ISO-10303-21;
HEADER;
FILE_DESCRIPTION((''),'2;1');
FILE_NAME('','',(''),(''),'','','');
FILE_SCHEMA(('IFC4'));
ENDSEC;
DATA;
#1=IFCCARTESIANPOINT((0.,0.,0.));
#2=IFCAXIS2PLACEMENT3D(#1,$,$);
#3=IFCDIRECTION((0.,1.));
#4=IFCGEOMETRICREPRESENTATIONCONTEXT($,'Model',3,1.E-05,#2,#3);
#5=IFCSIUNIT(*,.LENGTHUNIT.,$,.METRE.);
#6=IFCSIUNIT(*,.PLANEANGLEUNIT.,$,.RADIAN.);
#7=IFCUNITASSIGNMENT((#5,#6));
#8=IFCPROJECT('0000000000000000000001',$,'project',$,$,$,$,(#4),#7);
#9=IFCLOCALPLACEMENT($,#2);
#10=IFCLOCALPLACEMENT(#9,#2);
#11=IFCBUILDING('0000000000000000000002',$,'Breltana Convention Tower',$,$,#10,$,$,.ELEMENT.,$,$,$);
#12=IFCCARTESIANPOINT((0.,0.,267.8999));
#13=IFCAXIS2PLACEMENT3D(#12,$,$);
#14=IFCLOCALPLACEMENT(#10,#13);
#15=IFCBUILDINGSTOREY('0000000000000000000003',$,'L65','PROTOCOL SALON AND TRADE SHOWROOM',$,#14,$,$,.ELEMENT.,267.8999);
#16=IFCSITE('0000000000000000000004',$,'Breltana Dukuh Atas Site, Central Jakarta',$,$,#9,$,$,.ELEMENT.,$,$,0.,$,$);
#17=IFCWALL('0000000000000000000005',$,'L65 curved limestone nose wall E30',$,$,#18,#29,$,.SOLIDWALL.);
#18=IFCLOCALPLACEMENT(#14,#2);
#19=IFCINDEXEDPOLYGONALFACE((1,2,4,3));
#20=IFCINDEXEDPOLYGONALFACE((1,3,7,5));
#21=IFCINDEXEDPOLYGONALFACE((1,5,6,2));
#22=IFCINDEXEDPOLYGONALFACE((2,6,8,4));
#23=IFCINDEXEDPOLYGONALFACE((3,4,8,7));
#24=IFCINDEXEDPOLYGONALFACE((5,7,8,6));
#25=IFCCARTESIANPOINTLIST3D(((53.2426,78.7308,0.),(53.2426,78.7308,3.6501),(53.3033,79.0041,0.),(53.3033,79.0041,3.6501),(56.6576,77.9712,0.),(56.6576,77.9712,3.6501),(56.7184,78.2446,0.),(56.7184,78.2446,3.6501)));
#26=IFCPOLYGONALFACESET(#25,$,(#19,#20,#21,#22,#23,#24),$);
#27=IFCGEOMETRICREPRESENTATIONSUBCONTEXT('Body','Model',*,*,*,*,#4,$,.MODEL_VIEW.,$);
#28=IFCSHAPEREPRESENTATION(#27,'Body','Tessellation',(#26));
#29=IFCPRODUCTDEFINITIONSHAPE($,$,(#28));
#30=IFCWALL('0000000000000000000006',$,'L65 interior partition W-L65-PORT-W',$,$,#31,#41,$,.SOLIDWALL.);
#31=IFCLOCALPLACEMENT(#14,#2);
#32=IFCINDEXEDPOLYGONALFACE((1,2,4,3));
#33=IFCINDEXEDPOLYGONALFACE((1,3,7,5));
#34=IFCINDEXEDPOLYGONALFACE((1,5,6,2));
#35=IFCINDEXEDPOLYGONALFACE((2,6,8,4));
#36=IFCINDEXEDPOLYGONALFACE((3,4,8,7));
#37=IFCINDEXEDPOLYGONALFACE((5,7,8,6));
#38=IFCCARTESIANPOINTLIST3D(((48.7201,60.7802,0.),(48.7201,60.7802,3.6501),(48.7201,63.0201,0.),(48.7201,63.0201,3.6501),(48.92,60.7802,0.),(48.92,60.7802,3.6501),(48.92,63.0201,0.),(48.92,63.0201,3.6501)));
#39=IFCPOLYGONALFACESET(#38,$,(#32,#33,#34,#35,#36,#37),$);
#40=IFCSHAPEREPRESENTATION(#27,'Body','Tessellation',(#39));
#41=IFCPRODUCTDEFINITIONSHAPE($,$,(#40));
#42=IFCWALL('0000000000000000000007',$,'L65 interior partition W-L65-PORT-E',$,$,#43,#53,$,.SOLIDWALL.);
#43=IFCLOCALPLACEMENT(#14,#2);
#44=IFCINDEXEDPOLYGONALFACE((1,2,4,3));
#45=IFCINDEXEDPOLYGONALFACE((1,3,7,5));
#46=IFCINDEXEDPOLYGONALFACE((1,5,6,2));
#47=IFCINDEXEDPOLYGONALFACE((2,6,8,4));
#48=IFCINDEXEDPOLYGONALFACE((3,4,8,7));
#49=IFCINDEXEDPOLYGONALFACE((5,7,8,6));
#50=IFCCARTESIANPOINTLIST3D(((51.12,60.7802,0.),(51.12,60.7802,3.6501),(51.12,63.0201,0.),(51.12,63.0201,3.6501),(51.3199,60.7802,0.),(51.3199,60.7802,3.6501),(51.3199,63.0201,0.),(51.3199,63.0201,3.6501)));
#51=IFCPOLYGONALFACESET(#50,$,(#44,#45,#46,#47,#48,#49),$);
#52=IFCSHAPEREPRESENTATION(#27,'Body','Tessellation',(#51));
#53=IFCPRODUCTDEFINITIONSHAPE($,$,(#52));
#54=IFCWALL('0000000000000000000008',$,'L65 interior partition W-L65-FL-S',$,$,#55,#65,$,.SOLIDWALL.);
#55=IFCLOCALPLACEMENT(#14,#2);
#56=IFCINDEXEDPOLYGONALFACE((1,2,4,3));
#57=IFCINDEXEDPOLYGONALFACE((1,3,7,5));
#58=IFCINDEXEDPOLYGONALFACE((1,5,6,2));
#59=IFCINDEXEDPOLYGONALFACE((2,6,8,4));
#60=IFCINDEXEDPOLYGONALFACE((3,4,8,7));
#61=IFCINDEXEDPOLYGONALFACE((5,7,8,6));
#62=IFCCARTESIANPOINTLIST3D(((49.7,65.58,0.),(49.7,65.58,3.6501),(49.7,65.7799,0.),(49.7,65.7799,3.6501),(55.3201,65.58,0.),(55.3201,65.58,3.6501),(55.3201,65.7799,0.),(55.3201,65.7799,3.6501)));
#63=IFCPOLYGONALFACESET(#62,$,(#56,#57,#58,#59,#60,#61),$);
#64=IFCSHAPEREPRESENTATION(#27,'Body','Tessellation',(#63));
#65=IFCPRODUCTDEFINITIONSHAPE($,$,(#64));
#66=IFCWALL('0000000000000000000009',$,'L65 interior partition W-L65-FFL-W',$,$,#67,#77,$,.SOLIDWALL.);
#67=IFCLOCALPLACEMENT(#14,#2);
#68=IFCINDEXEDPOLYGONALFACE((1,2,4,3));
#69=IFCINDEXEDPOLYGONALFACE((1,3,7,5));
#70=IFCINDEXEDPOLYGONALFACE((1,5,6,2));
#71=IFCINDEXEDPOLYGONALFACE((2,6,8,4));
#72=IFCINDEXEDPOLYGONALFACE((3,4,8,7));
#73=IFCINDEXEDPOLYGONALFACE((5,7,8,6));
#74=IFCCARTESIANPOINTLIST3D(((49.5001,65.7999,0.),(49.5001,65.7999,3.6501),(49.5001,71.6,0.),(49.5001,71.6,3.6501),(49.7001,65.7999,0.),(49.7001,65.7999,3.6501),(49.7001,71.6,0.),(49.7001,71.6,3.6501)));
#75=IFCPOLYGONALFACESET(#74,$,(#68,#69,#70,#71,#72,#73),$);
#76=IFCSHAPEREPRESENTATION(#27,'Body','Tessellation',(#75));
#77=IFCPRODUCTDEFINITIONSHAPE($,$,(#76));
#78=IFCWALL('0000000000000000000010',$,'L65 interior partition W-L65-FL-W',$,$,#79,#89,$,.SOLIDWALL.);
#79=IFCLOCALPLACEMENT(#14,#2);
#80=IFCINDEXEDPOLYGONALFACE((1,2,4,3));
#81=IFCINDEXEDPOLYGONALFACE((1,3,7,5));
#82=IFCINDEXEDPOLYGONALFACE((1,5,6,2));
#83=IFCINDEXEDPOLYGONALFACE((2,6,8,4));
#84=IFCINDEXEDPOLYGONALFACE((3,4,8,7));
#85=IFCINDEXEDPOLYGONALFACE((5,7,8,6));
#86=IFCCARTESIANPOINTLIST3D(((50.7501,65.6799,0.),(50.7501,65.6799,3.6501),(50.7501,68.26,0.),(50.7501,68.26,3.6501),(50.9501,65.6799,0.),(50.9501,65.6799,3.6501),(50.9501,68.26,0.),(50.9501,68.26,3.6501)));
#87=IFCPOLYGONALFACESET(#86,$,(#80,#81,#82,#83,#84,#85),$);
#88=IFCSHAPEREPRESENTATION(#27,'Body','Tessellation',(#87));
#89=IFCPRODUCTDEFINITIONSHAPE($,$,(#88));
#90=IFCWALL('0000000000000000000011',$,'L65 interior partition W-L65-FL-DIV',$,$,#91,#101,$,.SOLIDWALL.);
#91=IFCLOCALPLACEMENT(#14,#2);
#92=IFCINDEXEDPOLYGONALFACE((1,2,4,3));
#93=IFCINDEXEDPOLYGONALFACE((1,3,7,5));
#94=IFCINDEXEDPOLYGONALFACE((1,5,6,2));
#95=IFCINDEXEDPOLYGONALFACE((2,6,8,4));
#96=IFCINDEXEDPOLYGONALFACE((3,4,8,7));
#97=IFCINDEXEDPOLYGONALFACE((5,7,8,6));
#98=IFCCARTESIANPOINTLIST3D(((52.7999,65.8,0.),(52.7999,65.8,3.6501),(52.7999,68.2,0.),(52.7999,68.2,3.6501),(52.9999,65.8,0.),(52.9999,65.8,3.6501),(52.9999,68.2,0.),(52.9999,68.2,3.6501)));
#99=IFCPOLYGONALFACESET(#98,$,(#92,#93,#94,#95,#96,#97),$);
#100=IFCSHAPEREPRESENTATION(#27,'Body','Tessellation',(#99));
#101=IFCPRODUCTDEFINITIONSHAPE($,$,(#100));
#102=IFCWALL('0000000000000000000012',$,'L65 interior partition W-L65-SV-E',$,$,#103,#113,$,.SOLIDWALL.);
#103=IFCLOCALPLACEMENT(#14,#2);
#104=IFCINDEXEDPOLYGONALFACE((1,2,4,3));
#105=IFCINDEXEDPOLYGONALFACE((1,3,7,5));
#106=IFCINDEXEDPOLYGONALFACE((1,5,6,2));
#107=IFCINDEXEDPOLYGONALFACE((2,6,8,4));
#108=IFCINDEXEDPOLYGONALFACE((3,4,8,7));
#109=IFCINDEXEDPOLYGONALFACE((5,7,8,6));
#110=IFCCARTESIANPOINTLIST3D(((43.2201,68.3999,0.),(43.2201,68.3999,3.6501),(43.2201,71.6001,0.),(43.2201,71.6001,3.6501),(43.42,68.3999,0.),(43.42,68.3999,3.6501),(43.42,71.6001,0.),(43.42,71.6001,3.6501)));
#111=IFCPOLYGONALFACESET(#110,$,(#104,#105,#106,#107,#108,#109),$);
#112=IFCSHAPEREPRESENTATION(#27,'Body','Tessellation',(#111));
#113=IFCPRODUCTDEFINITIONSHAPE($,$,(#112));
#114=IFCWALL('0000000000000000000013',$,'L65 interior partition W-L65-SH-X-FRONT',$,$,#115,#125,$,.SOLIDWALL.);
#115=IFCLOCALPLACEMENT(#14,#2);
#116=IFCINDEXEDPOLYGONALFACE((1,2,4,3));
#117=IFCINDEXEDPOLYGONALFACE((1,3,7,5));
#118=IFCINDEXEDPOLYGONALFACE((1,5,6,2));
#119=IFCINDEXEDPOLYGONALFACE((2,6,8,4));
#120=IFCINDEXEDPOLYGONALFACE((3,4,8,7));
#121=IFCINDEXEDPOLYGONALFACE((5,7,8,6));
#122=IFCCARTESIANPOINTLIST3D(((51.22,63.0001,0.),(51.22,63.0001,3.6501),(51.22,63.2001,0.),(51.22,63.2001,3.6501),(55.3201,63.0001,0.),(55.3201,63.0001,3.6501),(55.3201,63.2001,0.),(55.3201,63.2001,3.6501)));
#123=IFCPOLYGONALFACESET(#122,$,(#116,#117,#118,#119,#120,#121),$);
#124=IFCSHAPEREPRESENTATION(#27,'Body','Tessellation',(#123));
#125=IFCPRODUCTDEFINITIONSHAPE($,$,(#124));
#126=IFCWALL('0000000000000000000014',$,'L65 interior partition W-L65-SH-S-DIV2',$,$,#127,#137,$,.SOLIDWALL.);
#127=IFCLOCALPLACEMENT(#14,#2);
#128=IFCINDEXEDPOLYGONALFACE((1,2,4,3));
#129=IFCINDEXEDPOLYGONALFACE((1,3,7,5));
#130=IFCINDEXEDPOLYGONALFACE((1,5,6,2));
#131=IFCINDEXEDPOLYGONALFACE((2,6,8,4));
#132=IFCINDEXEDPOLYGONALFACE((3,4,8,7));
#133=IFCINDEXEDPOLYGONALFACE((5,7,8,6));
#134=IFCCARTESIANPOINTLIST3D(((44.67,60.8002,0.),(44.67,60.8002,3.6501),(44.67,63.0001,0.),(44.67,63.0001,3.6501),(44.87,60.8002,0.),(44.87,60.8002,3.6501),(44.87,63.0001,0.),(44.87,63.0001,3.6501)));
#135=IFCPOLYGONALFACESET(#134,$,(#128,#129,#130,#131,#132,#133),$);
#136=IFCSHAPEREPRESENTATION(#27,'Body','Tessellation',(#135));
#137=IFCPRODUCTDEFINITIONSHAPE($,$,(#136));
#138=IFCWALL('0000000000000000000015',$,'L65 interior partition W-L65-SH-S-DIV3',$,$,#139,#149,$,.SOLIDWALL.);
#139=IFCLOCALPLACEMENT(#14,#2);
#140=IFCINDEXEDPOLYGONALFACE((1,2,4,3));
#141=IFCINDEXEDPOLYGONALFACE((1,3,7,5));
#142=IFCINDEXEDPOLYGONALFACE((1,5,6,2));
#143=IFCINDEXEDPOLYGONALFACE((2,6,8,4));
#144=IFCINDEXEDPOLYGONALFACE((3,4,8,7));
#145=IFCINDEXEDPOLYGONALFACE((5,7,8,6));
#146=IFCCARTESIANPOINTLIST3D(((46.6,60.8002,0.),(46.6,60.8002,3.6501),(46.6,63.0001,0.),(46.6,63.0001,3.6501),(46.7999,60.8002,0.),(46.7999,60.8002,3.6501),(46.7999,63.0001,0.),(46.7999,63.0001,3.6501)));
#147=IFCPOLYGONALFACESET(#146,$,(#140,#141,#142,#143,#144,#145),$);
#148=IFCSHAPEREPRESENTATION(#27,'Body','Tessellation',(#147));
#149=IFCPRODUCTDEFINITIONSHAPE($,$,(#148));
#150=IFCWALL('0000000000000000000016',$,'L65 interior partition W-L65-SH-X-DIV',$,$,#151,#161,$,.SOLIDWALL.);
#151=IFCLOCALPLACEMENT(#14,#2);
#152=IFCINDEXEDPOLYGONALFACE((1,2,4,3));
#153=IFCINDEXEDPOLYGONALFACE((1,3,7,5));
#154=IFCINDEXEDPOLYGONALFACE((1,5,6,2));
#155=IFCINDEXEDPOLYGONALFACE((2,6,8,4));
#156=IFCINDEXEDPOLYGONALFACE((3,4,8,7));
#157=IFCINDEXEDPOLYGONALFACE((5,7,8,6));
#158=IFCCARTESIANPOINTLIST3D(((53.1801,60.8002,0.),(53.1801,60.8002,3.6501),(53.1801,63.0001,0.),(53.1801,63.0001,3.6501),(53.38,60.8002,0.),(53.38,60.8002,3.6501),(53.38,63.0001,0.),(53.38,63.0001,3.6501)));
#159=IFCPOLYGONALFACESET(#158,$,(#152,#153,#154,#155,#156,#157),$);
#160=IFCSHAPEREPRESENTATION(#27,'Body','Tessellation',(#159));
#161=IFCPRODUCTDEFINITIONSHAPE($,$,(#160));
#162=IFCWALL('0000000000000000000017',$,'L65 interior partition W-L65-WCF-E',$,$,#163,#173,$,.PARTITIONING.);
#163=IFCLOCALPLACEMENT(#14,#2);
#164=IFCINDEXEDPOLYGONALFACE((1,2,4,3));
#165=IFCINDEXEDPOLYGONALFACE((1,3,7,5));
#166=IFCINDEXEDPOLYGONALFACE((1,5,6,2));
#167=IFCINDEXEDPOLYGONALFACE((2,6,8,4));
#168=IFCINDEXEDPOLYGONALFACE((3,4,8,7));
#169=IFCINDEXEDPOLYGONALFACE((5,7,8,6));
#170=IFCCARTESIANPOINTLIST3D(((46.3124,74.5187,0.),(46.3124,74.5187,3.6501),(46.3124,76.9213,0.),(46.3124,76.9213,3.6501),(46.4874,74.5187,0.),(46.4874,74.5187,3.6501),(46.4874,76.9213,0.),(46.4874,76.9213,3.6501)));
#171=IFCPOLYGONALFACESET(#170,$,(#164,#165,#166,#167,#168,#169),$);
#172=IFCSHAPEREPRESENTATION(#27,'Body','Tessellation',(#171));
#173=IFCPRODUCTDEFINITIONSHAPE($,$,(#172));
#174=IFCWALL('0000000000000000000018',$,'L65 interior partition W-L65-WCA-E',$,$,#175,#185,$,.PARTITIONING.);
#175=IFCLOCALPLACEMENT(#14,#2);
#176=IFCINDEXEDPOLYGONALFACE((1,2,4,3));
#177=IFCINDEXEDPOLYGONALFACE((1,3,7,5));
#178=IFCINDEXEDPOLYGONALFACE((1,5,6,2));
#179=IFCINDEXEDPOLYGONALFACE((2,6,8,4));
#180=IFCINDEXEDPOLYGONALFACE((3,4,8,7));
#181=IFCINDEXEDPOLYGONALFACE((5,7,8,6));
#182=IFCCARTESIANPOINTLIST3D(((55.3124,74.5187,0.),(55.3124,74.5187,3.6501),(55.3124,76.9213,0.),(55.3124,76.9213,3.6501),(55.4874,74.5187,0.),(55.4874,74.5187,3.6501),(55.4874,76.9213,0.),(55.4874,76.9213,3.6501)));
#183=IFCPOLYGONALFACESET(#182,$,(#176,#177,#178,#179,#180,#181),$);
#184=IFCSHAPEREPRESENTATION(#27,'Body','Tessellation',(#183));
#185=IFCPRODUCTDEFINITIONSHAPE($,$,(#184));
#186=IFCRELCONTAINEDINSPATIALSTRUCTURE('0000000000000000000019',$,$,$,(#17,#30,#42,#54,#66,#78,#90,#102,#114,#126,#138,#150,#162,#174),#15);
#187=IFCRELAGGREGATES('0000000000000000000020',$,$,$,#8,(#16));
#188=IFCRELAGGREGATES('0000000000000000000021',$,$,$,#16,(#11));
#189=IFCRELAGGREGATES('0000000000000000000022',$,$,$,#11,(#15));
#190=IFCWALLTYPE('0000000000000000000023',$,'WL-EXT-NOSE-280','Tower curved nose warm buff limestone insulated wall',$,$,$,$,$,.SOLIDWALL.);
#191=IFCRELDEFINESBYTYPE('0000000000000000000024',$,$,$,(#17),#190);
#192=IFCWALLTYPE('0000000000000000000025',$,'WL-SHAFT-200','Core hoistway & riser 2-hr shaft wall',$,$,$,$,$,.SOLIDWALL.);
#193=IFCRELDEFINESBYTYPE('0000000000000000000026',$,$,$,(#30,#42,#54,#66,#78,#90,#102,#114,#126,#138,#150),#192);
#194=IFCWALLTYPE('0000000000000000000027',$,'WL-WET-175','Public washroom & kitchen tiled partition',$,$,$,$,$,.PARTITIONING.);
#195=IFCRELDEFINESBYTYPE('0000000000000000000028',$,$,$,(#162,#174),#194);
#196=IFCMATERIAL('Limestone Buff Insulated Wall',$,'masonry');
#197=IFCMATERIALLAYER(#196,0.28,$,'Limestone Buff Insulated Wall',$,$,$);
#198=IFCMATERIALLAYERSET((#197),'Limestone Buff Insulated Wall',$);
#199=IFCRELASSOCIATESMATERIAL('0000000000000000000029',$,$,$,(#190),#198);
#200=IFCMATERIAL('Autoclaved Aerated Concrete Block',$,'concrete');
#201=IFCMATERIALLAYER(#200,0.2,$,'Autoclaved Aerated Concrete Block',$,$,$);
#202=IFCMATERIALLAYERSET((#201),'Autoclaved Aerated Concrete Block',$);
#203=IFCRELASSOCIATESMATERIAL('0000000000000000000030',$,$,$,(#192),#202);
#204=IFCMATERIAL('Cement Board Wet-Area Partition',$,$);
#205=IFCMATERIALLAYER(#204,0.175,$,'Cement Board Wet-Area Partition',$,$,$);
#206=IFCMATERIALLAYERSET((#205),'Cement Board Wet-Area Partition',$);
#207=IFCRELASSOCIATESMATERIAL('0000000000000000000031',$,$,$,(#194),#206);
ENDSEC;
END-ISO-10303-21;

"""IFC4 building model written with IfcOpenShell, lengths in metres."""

from ifc_helpers import new_model, si_unit, direction, frame, frame_2d, origin, place, context, subcontext, project, spatial, rectangle, extrude, source, transform, mapped, material, layer, layer_set, type_object, element, save


model = new_model("IFC4")

# Units and contexts
model_context = context("Model", 3, precision=1e-05, world=origin(), true_north=direction((0.0, 1.0)))
body_context = subcontext(model_context, "Body", "Model", "MODEL_VIEW")
ifc_project = project(units=[si_unit("LENGTHUNIT", "METRE"), si_unit("PLANEANGLEUNIT", "RADIAN")], contexts=[model_context])

# Site, building, storey
site_placement = place(None, origin())
site = spatial("IfcSite", under=ifc_project, at=site_placement, Name="Breltana Dukuh Atas Site, Central Jakarta", CompositionType="ELEMENT", RefElevation=0.0)
building_placement = place(site_placement, origin())
building = spatial("IfcBuilding", under=site, at=building_placement, Name="Breltana Convention Tower", CompositionType="ELEMENT")
storey_placement = place(building_placement, frame((0.0, 0.0, 267.8999)))
storey = spatial("IfcBuildingStorey", under=building, at=storey_placement, Name="L65", Description="PROTOCOL SALON AND TRADE SHOWROOM", CompositionType="ELEMENT", Elevation=267.8999)

# Walls
ifc_material_1 = material(Name="Limestone Buff Insulated Wall", Category="masonry")
ifc_layer_1 = layer(ifc_material_1, 0.28, Name="Limestone Buff Insulated Wall")
ifc_layer_set_1 = layer_set([ifc_layer_1], Name="Limestone Buff Insulated Wall")
wall_type_1 = type_object("IfcWallType", Name="WL-EXT-NOSE-280", Description="Tower curved nose warm buff limestone insulated wall", PredefinedType="SOLIDWALL", material=ifc_layer_set_1)
shared_shape_1 = source(origin(), body_context, "Body", "SweptSolid", [
    extrude(rectangle(XDim=3.4985, YDim=0.28, at=frame_2d((1.7493, 0.0))), origin(), (0.0, 0.0, 1.0), 3.6501),
])
wall_1_placement = place(storey_placement, frame((53.2729, 78.8674, 0.0), z_axis=(0.0, 0.0, 1.0), x_axis=(0.976149, -0.2171, 0.0)))
element("IfcWall", 1, at=wall_1_placement, inside=storey, type_object=wall_type_1, Name="L65 curved limestone nose wall E30", PredefinedType="SOLIDWALL", context=body_context, shape_type="MappedRepresentation", body=[
    mapped(shared_shape_1, transform((0.0, 0.0, 0.0), scale=1.0)),
])
ifc_material_2 = material(Name="Autoclaved Aerated Concrete Block", Category="concrete")
ifc_layer_2 = layer(ifc_material_2, 0.2, Name="Autoclaved Aerated Concrete Block")
ifc_layer_set_2 = layer_set([ifc_layer_2], Name="Autoclaved Aerated Concrete Block")
wall_type_2 = type_object("IfcWallType", Name="WL-SHAFT-200", Description="Core hoistway & riser 2-hr shaft wall", PredefinedType="SOLIDWALL", material=ifc_layer_set_2)
shared_shape_2 = source(origin(), body_context, "Body", "SweptSolid", [
    extrude(rectangle(XDim=2.24, YDim=0.2, at=frame_2d((1.1201, 0.0))), origin(), (0.0, 0.0, 1.0), 3.6501),
])
for number, where, z_axis, x_axis, name in (
    (2, (48.8201, 60.78, 0.0), (0.0, 0.0, 1.0), (0.0, 1.0, 0.0), "L65 interior partition W-L65-PORT-W"),
    (3, (51.22, 60.78, 0.0), (0.0, 0.0, 1.0), (0.0, 1.0, 0.0), "L65 interior partition W-L65-PORT-E"),
):
    element("IfcWall", number, at=place(storey_placement, frame(where, z_axis=z_axis, x_axis=x_axis)), inside=storey, type_object=wall_type_2, Name=name, PredefinedType="SOLIDWALL", context=body_context, shape_type="MappedRepresentation", body=[
        mapped(shared_shape_2, transform((0.0, 0.0, 0.0), scale=1.0)),
    ])

# Shared definitions
shared_shape_3 = source(origin(), body_context, "Body", "SweptSolid", [
    extrude(rectangle(XDim=5.6201, YDim=0.2, at=frame_2d((2.8101, 0.0))), origin(), (0.0, 0.0, 1.0), 3.6501),
])

# Walls
wall_2_placement = place(storey_placement, frame((49.7, 65.6799, 0.0), z_axis=(0.0, 0.0, 1.0), x_axis=(1.0, 0.0, 0.0)))
element("IfcWall", 4, at=wall_2_placement, inside=storey, type_object=wall_type_2, Name="L65 interior partition W-L65-FL-S", PredefinedType="SOLIDWALL", context=body_context, shape_type="MappedRepresentation", body=[
    mapped(shared_shape_3, transform((0.0, 0.0, 0.0), scale=1.0)),
])
shared_shape_4 = source(origin(), body_context, "Body", "SweptSolid", [
    extrude(rectangle(XDim=5.8, YDim=0.2, at=frame_2d((2.8999, 0.0))), origin(), (0.0, 0.0, 1.0), 3.6501),
])
wall_3_placement = place(storey_placement, frame((49.6001, 65.8, 0.0), z_axis=(0.0, 0.0, 1.0), x_axis=(0.0, 1.0, 0.0)))
element("IfcWall", 5, at=wall_3_placement, inside=storey, type_object=wall_type_2, Name="L65 interior partition W-L65-FFL-W", PredefinedType="SOLIDWALL", context=body_context, shape_type="MappedRepresentation", body=[
    mapped(shared_shape_4, transform((0.0, 0.0, 0.0), scale=1.0)),
])
shared_shape_5 = source(origin(), body_context, "Body", "SweptSolid", [
    extrude(rectangle(XDim=2.5801, YDim=0.2, at=frame_2d((1.29, 0.0))), origin(), (0.0, 0.0, 1.0), 3.6501),
])
wall_4_placement = place(storey_placement, frame((50.8501, 65.6799, 0.0), z_axis=(0.0, 0.0, 1.0), x_axis=(0.0, 1.0, 0.0)))
element("IfcWall", 6, at=wall_4_placement, inside=storey, type_object=wall_type_2, Name="L65 interior partition W-L65-FL-W", PredefinedType="SOLIDWALL", context=body_context, shape_type="MappedRepresentation", body=[
    mapped(shared_shape_5, transform((0.0, 0.0, 0.0), scale=1.0)),
])
shared_shape_6 = source(origin(), body_context, "Body", "SweptSolid", [
    extrude(rectangle(XDim=2.3999, YDim=0.2, at=frame_2d((1.2, 0.0))), origin(), (0.0, 0.0, 1.0), 3.6501),
])
wall_5_placement = place(storey_placement, frame((52.8999, 65.8, 0.0), z_axis=(0.0, 0.0, 1.0), x_axis=(0.0, 1.0, 0.0)))
element("IfcWall", 7, at=wall_5_placement, inside=storey, type_object=wall_type_2, Name="L65 interior partition W-L65-FL-DIV", PredefinedType="SOLIDWALL", context=body_context, shape_type="MappedRepresentation", body=[
    mapped(shared_shape_6, transform((0.0, 0.0, 0.0), scale=1.0)),
])
shared_shape_7 = source(origin(), body_context, "Body", "SweptSolid", [
    extrude(rectangle(XDim=3.2002, YDim=0.2, at=frame_2d((1.6001, 0.0))), origin(), (0.0, 0.0, 1.0), 3.6501),
])
wall_6_placement = place(storey_placement, frame((43.3201, 68.3999, 0.0), z_axis=(0.0, 0.0, 1.0), x_axis=(0.0, 1.0, 0.0)))
element("IfcWall", 8, at=wall_6_placement, inside=storey, type_object=wall_type_2, Name="L65 interior partition W-L65-SV-E", PredefinedType="SOLIDWALL", context=body_context, shape_type="MappedRepresentation", body=[
    mapped(shared_shape_7, transform((0.0, 0.0, 0.0), scale=1.0)),
])
shared_shape_8 = source(origin(), body_context, "Body", "SweptSolid", [
    extrude(rectangle(XDim=4.1001, YDim=0.2, at=frame_2d((2.05, 0.0))), origin(), (0.0, 0.0, 1.0), 3.6501),
])
wall_7_placement = place(storey_placement, frame((51.22, 63.1001, 0.0), z_axis=(0.0, 0.0, 1.0), x_axis=(1.0, 0.0, 0.0)))
element("IfcWall", 9, at=wall_7_placement, inside=storey, type_object=wall_type_2, Name="L65 interior partition W-L65-SH-X-FRONT", PredefinedType="SOLIDWALL", context=body_context, shape_type="MappedRepresentation", body=[
    mapped(shared_shape_8, transform((0.0, 0.0, 0.0), scale=1.0)),
])
shared_shape_9 = source(origin(), body_context, "Body", "SweptSolid", [
    extrude(rectangle(XDim=2.2, YDim=0.2, at=frame_2d((1.1001, 0.0))), origin(), (0.0, 0.0, 1.0), 3.6501),
])
for number, where, z_axis, x_axis, name in (
    (10, (44.77, 60.8, 0.0), (0.0, 0.0, 1.0), (0.0, 1.0, 0.0), "L65 interior partition W-L65-SH-S-DIV2"),
    (11, (46.7, 60.8, 0.0), (0.0, 0.0, 1.0), (0.0, 1.0, 0.0), "L65 interior partition W-L65-SH-S-DIV3"),
    (12, (53.28, 60.8, 0.0), (0.0, 0.0, 1.0), (0.0, 1.0, 0.0), "L65 interior partition W-L65-SH-X-DIV"),
):
    element("IfcWall", number, at=place(storey_placement, frame(where, z_axis=z_axis, x_axis=x_axis)), inside=storey, type_object=wall_type_2, Name=name, PredefinedType="SOLIDWALL", context=body_context, shape_type="MappedRepresentation", body=[
        mapped(shared_shape_9, transform((0.0, 0.0, 0.0), scale=1.0)),
    ])
ifc_material_3 = material(Name="Cement Board Wet-Area Partition")
ifc_layer_3 = layer(ifc_material_3, 0.175, Name="Cement Board Wet-Area Partition")
ifc_layer_set_3 = layer_set([ifc_layer_3], Name="Cement Board Wet-Area Partition")
wall_type_3 = type_object("IfcWallType", Name="WL-WET-175", Description="Public washroom & kitchen tiled partition", PredefinedType="PARTITIONING", material=ifc_layer_set_3)
shared_shape_10 = source(origin(), body_context, "Body", "SweptSolid", [
    extrude(rectangle(XDim=2.4026, YDim=0.175, at=frame_2d((1.2012, 0.0))), origin(), (0.0, 0.0, 1.0), 3.6501),
])
for number, where, z_axis, x_axis, name in (
    (13, (46.3999, 74.5188, 0.0), (0.0, 0.0, 1.0), (0.0, 1.0, 0.0), "L65 interior partition W-L65-WCF-E"),
    (14, (55.3999, 74.5188, 0.0), (0.0, 0.0, 1.0), (0.0, 1.0, 0.0), "L65 interior partition W-L65-WCA-E"),
):
    element("IfcWall", number, at=place(storey_placement, frame(where, z_axis=z_axis, x_axis=x_axis)), inside=storey, type_object=wall_type_3, Name=name, PredefinedType="PARTITIONING", context=body_context, shape_type="MappedRepresentation", body=[
        mapped(shared_shape_10, transform((0.0, 0.0, 0.0), scale=1.0)),
    ])

save(model, "model.ifc")
